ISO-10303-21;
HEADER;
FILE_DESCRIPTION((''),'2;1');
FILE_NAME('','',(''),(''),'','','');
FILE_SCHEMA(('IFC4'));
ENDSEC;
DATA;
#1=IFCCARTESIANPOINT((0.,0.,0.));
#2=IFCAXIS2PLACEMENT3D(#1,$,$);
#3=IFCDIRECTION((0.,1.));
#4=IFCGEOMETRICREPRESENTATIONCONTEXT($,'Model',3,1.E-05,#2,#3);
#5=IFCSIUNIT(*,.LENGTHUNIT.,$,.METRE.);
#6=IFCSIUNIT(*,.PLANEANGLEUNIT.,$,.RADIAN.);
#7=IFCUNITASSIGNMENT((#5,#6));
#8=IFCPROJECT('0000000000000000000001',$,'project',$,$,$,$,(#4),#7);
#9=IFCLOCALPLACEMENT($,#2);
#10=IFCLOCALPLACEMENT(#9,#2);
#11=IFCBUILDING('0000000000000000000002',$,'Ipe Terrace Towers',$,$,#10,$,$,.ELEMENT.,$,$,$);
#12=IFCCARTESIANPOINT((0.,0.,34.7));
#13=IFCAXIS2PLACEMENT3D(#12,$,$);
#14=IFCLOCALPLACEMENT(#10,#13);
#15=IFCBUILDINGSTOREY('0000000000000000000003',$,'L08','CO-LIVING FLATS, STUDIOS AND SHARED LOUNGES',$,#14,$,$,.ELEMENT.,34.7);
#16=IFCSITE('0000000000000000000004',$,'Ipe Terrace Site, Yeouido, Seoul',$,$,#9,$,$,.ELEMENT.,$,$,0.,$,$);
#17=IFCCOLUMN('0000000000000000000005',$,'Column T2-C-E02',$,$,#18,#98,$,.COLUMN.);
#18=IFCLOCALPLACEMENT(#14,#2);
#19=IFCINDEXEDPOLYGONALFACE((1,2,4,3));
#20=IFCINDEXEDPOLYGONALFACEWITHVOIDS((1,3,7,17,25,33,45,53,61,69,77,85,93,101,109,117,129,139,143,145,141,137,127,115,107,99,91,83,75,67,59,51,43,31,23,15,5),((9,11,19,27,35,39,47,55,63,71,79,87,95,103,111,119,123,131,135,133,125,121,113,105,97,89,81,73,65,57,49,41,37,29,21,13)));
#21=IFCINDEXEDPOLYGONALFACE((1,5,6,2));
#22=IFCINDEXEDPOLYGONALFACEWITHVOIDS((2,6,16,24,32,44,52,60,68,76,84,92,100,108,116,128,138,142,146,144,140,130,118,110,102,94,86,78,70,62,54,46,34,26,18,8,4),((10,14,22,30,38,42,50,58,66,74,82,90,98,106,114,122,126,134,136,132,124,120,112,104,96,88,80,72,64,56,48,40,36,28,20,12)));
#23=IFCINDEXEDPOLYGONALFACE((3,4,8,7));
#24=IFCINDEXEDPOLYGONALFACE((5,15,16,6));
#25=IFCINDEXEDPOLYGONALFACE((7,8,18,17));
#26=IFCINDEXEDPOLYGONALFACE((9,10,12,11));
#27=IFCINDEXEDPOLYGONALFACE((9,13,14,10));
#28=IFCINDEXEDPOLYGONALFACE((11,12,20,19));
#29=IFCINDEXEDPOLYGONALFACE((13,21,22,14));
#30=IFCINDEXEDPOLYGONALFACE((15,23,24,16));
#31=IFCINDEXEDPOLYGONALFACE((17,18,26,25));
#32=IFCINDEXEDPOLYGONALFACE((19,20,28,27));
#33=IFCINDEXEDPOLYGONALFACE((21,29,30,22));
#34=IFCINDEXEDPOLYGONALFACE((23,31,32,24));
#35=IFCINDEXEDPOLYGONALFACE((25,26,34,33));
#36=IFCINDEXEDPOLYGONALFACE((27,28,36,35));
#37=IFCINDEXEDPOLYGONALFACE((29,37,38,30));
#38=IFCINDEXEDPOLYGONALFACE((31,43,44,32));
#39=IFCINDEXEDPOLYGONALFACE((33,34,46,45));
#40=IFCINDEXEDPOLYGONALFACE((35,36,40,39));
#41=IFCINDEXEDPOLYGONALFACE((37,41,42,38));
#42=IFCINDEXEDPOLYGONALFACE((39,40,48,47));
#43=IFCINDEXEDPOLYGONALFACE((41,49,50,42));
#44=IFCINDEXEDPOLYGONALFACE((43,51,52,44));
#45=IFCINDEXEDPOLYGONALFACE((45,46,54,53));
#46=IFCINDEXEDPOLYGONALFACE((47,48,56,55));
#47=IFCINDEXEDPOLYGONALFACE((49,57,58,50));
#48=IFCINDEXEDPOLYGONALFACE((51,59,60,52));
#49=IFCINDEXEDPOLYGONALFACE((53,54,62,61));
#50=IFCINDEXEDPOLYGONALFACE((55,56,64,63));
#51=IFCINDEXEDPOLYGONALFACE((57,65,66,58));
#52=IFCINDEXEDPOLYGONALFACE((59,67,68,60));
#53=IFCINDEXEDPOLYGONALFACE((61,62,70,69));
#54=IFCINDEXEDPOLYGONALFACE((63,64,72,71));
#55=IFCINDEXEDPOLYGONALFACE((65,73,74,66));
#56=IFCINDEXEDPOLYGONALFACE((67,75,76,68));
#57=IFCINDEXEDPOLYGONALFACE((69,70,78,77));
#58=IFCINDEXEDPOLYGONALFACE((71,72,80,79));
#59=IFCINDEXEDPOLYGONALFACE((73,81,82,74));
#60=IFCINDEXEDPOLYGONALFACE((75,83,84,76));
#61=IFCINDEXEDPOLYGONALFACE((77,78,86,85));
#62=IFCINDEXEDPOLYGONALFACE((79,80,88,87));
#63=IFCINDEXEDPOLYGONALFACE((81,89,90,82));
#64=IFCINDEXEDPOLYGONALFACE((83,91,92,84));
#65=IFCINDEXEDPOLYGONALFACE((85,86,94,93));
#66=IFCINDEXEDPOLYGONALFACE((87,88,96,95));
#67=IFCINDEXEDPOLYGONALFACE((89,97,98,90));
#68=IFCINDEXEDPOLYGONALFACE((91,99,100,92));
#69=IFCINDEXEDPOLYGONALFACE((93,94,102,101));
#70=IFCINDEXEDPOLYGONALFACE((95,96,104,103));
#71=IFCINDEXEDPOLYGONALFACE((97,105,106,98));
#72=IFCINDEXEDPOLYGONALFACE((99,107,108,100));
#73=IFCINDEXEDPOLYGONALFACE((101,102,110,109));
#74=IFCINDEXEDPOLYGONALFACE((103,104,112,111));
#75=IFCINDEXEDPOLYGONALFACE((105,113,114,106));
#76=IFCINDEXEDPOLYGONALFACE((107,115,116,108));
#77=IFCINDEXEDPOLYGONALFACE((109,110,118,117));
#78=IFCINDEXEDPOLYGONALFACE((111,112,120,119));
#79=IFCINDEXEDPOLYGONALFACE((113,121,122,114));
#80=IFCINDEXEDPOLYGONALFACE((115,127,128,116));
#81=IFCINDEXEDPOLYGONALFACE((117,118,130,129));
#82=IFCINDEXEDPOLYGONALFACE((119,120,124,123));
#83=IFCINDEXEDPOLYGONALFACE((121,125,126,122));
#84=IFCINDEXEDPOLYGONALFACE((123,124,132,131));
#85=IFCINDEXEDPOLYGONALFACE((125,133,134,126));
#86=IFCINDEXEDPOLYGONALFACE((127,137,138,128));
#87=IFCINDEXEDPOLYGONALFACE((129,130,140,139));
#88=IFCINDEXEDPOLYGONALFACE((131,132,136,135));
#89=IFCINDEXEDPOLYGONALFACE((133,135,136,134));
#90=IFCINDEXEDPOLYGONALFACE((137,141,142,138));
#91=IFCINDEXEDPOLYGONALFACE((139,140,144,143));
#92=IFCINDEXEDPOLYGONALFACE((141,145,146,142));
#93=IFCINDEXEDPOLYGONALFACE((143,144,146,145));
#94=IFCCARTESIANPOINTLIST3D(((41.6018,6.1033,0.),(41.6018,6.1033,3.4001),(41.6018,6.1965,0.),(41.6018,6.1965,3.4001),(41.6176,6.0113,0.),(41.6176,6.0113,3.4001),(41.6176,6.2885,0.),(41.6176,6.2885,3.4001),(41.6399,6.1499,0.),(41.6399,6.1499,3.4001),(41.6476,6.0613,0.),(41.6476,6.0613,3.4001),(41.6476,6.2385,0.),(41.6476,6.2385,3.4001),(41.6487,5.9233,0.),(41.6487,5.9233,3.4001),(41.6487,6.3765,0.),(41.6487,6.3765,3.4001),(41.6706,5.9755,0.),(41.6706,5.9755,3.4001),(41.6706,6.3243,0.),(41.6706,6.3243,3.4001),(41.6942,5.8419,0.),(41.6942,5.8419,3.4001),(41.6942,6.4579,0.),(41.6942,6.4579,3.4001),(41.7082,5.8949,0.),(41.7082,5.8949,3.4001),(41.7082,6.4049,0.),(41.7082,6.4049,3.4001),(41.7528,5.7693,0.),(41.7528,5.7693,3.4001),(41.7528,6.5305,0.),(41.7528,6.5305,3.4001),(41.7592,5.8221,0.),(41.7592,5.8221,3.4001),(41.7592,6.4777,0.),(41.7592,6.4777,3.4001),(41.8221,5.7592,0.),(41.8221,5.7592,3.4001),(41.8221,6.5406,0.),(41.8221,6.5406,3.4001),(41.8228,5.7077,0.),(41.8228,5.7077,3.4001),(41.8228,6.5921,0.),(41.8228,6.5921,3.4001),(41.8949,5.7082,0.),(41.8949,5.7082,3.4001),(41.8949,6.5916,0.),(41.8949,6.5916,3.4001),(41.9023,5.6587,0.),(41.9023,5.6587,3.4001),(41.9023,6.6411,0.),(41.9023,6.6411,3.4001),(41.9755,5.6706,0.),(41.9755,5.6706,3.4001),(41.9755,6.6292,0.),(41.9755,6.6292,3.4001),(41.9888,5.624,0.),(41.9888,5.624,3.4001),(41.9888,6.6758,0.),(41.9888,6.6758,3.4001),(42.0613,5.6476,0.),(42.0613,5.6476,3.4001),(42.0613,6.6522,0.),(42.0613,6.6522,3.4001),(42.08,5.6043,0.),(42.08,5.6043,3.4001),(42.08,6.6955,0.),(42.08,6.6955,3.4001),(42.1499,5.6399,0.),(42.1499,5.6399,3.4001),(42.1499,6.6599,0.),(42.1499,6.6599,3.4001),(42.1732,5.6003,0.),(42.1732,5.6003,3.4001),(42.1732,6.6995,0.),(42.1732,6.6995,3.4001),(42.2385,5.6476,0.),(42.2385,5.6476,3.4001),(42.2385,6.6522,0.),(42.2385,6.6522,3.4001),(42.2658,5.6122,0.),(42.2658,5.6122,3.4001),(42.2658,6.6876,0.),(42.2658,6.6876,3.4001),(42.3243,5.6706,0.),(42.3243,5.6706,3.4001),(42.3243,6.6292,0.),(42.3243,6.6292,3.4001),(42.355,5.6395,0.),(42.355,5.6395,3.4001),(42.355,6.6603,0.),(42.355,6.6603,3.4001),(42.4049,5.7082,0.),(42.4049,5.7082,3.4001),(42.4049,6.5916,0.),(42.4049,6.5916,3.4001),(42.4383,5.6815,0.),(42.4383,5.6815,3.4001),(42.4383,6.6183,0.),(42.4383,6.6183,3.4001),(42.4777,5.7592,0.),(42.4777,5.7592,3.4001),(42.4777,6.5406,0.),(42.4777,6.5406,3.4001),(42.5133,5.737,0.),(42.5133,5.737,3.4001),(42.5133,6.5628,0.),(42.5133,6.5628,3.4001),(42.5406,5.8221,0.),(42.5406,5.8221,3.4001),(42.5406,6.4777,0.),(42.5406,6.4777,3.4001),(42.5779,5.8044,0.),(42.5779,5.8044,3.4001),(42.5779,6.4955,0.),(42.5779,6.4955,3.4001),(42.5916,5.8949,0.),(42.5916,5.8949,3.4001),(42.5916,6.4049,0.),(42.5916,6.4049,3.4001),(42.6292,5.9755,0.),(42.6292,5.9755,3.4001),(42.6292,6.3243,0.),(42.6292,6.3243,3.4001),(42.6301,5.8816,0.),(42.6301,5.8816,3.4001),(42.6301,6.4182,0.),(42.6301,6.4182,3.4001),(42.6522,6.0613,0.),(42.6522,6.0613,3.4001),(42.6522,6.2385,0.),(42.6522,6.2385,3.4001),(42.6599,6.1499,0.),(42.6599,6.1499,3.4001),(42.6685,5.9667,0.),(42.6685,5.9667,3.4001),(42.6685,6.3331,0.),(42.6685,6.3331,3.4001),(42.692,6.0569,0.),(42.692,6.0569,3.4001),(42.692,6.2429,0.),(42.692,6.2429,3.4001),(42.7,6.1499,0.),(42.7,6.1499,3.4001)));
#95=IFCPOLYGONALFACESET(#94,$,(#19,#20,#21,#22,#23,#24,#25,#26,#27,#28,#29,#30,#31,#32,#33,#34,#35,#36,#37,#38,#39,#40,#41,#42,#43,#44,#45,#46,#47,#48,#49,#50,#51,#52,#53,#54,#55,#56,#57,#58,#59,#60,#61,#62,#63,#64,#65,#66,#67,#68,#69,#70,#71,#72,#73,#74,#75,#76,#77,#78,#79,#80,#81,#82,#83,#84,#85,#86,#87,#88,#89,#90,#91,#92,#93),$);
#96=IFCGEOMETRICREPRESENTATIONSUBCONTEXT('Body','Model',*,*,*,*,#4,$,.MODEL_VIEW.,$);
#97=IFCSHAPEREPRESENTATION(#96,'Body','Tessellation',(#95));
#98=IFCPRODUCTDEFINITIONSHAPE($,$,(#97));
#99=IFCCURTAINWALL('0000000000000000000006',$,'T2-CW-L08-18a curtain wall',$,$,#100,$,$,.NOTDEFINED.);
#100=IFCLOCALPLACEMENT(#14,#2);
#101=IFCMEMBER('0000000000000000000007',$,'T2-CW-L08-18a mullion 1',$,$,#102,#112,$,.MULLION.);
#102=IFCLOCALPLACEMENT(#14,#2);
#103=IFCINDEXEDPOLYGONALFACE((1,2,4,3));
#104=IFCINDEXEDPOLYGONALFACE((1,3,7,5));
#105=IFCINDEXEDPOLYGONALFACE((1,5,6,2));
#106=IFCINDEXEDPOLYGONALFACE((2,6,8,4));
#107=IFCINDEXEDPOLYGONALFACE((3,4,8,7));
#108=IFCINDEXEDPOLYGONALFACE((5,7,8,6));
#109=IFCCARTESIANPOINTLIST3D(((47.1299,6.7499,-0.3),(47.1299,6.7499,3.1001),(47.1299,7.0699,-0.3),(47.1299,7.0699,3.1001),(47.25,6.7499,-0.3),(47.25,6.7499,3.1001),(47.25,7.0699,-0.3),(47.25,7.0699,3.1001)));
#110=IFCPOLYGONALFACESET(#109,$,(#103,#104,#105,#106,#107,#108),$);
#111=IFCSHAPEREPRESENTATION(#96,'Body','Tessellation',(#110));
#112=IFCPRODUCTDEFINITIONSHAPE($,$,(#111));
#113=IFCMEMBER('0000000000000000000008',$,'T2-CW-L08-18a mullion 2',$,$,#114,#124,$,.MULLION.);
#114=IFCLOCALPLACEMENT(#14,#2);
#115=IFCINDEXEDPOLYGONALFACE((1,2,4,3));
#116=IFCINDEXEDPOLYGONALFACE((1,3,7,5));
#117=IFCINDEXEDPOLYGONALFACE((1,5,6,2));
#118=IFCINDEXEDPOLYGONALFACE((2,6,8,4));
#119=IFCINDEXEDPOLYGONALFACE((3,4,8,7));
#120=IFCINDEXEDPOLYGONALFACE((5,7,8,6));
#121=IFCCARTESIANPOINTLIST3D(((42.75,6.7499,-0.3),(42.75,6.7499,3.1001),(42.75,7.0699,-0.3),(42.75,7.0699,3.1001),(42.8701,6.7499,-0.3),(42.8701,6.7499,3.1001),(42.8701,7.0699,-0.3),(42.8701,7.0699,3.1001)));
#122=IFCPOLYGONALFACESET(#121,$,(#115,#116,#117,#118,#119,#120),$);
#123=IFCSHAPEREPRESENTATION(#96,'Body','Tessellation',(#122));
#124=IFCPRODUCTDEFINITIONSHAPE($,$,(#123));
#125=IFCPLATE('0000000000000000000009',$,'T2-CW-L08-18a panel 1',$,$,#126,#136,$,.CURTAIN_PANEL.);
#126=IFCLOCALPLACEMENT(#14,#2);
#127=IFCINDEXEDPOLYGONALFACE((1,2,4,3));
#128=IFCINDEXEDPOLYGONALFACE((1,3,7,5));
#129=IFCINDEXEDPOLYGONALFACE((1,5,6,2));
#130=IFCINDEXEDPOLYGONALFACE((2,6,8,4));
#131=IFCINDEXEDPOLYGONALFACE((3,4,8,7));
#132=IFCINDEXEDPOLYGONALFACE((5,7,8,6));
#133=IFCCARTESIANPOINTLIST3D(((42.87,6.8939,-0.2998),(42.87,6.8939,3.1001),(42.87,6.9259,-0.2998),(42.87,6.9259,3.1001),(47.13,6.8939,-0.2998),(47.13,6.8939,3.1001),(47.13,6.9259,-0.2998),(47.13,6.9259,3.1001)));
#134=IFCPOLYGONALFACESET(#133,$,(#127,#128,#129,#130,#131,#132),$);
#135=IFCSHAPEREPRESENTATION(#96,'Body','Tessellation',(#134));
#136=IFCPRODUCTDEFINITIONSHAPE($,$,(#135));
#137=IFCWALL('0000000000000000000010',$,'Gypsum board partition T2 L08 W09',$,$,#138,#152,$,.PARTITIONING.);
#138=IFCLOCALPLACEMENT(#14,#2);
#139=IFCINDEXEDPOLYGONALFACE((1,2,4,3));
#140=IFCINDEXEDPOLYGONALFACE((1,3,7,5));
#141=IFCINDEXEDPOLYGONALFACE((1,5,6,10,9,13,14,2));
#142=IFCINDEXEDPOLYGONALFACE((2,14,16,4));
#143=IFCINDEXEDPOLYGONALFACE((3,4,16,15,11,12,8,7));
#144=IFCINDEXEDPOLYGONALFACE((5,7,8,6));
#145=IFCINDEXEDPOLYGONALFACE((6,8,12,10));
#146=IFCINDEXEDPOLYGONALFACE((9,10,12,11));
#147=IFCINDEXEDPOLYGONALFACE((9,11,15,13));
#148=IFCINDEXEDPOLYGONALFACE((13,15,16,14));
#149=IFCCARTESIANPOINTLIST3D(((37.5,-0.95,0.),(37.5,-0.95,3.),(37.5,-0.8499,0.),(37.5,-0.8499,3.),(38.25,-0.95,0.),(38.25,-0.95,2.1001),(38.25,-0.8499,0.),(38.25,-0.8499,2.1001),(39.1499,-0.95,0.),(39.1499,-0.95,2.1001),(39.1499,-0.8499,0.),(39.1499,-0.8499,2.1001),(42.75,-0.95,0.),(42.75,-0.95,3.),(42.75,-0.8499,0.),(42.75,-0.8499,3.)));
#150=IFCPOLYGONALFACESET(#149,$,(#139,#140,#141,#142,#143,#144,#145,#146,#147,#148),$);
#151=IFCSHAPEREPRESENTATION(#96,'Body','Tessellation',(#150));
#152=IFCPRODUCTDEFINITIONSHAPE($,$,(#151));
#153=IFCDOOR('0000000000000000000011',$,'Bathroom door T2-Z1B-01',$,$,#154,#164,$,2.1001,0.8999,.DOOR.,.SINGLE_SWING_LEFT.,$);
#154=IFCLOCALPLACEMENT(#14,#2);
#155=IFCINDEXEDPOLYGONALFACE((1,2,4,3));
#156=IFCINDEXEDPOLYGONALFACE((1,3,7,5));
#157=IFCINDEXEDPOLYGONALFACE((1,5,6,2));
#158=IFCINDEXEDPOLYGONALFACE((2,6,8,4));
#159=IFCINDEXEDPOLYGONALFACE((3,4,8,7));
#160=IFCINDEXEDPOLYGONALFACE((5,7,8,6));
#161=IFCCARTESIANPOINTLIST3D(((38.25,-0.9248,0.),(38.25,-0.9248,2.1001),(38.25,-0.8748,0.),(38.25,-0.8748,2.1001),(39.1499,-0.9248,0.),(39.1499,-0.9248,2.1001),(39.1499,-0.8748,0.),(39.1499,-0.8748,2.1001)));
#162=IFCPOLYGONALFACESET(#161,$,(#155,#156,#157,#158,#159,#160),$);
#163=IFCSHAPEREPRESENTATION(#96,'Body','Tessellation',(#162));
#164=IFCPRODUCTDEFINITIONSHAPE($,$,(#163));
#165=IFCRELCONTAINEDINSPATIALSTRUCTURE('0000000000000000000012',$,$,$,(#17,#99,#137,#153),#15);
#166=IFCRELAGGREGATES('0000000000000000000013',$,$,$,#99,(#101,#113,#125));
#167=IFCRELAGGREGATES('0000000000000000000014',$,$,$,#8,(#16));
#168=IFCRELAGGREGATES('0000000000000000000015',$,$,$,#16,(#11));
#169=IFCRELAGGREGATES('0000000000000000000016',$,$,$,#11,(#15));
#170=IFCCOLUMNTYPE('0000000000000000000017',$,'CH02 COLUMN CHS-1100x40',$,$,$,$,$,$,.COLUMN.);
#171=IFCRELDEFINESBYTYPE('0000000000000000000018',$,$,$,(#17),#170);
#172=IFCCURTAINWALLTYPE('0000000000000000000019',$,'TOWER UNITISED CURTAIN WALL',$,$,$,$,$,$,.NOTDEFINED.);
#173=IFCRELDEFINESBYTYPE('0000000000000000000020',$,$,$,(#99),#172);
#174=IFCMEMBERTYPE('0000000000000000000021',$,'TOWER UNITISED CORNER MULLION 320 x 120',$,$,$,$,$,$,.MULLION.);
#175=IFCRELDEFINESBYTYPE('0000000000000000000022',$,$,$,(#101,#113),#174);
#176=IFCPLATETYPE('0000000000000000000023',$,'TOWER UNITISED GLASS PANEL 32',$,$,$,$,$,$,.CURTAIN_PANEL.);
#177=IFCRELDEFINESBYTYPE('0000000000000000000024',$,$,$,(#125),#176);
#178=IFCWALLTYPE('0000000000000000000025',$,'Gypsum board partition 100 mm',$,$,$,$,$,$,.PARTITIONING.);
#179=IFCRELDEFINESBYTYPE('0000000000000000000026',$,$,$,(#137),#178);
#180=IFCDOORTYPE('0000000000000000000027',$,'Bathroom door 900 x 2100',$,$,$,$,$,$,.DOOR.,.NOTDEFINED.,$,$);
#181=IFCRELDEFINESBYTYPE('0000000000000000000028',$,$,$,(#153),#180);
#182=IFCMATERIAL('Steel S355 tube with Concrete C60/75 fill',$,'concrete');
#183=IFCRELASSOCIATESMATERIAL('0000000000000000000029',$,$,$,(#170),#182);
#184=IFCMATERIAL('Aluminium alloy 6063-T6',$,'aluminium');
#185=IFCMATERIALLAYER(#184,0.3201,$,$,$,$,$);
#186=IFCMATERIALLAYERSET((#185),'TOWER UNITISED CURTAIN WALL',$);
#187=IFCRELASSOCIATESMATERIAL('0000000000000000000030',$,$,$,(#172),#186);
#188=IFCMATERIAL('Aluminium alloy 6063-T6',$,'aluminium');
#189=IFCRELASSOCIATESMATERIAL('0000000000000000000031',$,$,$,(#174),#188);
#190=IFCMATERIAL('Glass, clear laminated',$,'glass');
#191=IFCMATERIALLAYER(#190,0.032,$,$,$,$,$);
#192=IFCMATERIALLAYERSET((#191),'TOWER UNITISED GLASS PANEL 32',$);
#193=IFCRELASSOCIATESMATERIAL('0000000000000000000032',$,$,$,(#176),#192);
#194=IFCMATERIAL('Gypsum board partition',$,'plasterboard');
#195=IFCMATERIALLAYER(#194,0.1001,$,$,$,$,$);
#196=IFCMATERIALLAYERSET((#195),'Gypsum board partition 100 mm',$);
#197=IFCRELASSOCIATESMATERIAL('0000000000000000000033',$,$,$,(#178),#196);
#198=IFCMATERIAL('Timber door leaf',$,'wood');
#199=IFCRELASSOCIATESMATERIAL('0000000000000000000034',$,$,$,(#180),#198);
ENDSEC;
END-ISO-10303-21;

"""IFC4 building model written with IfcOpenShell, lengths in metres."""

from ifc_helpers import new_model, si_unit, direction, frame, frame_2d, origin, origin_2d, place, context, subcontext, project, spatial, rectangle, hollow_circle, extrude, material, layer, layer_set, material_profile, profile_set, type_object, element, fill, aggregate, save


model = new_model("IFC4")

# Units and contexts
model_context = context("Model", 3, precision=1e-05, world=origin(), true_north=direction((0.0, 1.0)))
body_context = subcontext(model_context, "Body", "Model", "MODEL_VIEW")
ifc_project = project(units=[si_unit("LENGTHUNIT", "METRE"), si_unit("PLANEANGLEUNIT", "RADIAN")], contexts=[model_context])

# Site, building, storey
site_placement = place(None, origin())
site = spatial("IfcSite", under=ifc_project, at=site_placement, Name="Ipe Terrace Site, Yeouido, Seoul", CompositionType="ELEMENT", RefElevation=0.0)
building_placement = place(site_placement, origin())
building = spatial("IfcBuilding", under=site, at=building_placement, Name="Ipe Terrace Towers", CompositionType="ELEMENT")
storey_placement = place(building_placement, frame((0.0, 0.0, 34.7)))
storey = spatial("IfcBuildingStorey", under=building, at=storey_placement, Name="L08", Description="CO-LIVING FLATS, STUDIOS AND SHARED LOUNGES", CompositionType="ELEMENT", Elevation=34.7)

# Column
ifc_material_1 = material(Name="Steel S355 tube with Concrete C60/75 fill", Category="concrete")
ifc_material_profile_1 = material_profile(ifc_material_1, hollow_circle(Radius=0.55, WallThickness=0.04, at=origin_2d()), Name="CHS-1100x40")
ifc_profile_set_1 = profile_set([ifc_material_profile_1], Name="Steel S355 tube with Concrete C60/75 fill")
column_type = type_object("IfcColumnType", Name="CH02 COLUMN CHS-1100x40", PredefinedType="COLUMN", material=ifc_profile_set_1)
column_placement = place(storey_placement, frame((42.1499, 6.1499, 0.0), z_axis=(0.0, 0.0, 1.0), x_axis=(1.0, 0.0, 0.0)))
element("IfcColumn", 1, at=column_placement, inside=storey, type_object=column_type, Name="Column T2-C-E02", PredefinedType="COLUMN", context=body_context, shape_type="SweptSolid", body=[
    extrude(hollow_circle(Radius=0.55, WallThickness=0.04, at=origin_2d()), origin(), (0.0, 0.0, 1.0), 3.4001),
])

# Curtain wall, members, plate
ifc_material_2 = material(Name="Aluminium alloy 6063-T6", Category="aluminium")
ifc_layer_1 = layer(ifc_material_2, 0.3201)
ifc_layer_set_1 = layer_set([ifc_layer_1], Name="TOWER UNITISED CURTAIN WALL")
curtain_wall_type = type_object("IfcCurtainWallType", Name="TOWER UNITISED CURTAIN WALL", PredefinedType="NOTDEFINED", material=ifc_layer_set_1)
curtain_wall_placement = place(storey_placement, origin())
curtain_wall = element("IfcCurtainWall", 2, at=curtain_wall_placement, inside=storey, type_object=curtain_wall_type, Name="T2-CW-L08-18a curtain wall", PredefinedType="NOTDEFINED")
ifc_material_3 = material(Name="Aluminium alloy 6063-T6", Category="aluminium")
ifc_material_profile_2 = material_profile(ifc_material_3, rectangle(XDim=0.3201, YDim=0.1201, at=origin_2d()), Name="TOWER UNITISED CORNER MULLION 320 x 120")
ifc_profile_set_2 = profile_set([ifc_material_profile_2], Name="Aluminium alloy 6063-T6")
member_type = type_object("IfcMemberType", Name="TOWER UNITISED CORNER MULLION 320 x 120", PredefinedType="MULLION", material=ifc_profile_set_2)
member_1_placement = place(storey_placement, frame((47.1899, 6.9099, -0.3), z_axis=(0.0, 0.0, 1.0), x_axis=(0.0, 1.0, 0.0)))
member_1 = element("IfcMember", 3, at=member_1_placement, type_object=member_type, Name="T2-CW-L08-18a mullion 1", PredefinedType="MULLION", context=body_context, shape_type="SweptSolid", body=[
    extrude(rectangle(XDim=0.3201, YDim=0.1201, at=origin_2d()), origin(), (0.0, 0.0, 1.0), 3.4001),
])
member_2_placement = place(storey_placement, frame((42.8101, 6.9099, -0.3), z_axis=(0.0, 0.0, 1.0), x_axis=(0.0, 1.0, 0.0)))
member_2 = element("IfcMember", 4, at=member_2_placement, type_object=member_type, Name="T2-CW-L08-18a mullion 2", PredefinedType="MULLION", context=body_context, shape_type="SweptSolid", body=[
    extrude(rectangle(XDim=0.3201, YDim=0.1201, at=origin_2d()), origin(), (0.0, 0.0, 1.0), 3.4001),
])
ifc_material_4 = material(Name="Glass, clear laminated", Category="glass")
ifc_layer_2 = layer(ifc_material_4, 0.032)
ifc_layer_set_2 = layer_set([ifc_layer_2], Name="TOWER UNITISED GLASS PANEL 32")
plate_type = type_object("IfcPlateType", Name="TOWER UNITISED GLASS PANEL 32", PredefinedType="CURTAIN_PANEL", material=ifc_layer_set_2)
plate_placement = place(storey_placement, frame((45.0, 6.9099, -0.2998), z_axis=(0.0, 0.0, 1.0), x_axis=(-1.0, 0.0, 0.0)))
plate = element("IfcPlate", 5, at=plate_placement, type_object=plate_type, Name="T2-CW-L08-18a panel 1", PredefinedType="CURTAIN_PANEL", context=body_context, shape_type="SweptSolid", body=[
    extrude(rectangle(XDim=4.26, YDim=0.032, at=origin_2d()), origin(), (0.0, 0.0, 1.0), 3.3999),
])
aggregate(curtain_wall, [member_1, member_2, plate])

# Wall, opening, door
ifc_material_5 = material(Name="Gypsum board partition", Category="plasterboard")
ifc_layer_3 = layer(ifc_material_5, 0.1001)
ifc_layer_set_3 = layer_set([ifc_layer_3], Name="Gypsum board partition 100 mm")
wall_type = type_object("IfcWallType", Name="Gypsum board partition 100 mm", PredefinedType="PARTITIONING", material=ifc_layer_set_3)
wall_1_placement = place(storey_placement, frame((42.75, -0.8999, 0.0), z_axis=(0.0, 0.0, 1.0), x_axis=(-1.0, 0.0, 0.0)))
wall_1 = element("IfcWall", 6, at=wall_1_placement, inside=storey, type_object=wall_type, Name="Gypsum board partition T2 L08 W09", PredefinedType="PARTITIONING", context=body_context, shape_type="SweptSolid", body=[
    extrude(rectangle(XDim=5.25, YDim=0.1001, at=frame_2d((2.625, 0.0))), origin(), (0.0, 0.0, 1.0), 3.0),
])
opening_1_placement = place(wall_1_placement, frame((3.6001, 0.0, 0.0)))
opening_1 = element("IfcOpeningElement", 7, at=opening_1_placement, cuts=wall_1, PredefinedType="OPENING", context=body_context, shape_type="SweptSolid", body=[
    extrude(rectangle(XDim=0.8999, YDim=2.1001, at=frame_2d((0.45, 1.05))), frame((0.0, 0.0601, 0.0), z_axis=(0.0, -1.0, 0.0), x_axis=(1.0, 0.0, 0.0)), (0.0, 0.0, 1.0), 0.1201),
])
ifc_material_6 = material(Name="Timber door leaf", Category="wood")
door_type_1 = type_object("IfcDoorType", Name="Bathroom door 900 x 2100", OperationType="NOTDEFINED", PredefinedType="DOOR", material=ifc_material_6)
door_1_placement = place(opening_1_placement, origin())
door_1 = element("IfcDoor", 8, at=door_1_placement, inside=storey, type_object=door_type_1, Name="Bathroom door T2-Z1B-01", OperationType="SINGLE_SWING_LEFT", OverallHeight=2.1001, OverallWidth=0.8999, PredefinedType="DOOR", context=body_context, shape_type="SweptSolid", body=[
    extrude(rectangle(XDim=0.8999, YDim=2.1001, at=frame_2d((0.45, 1.05))), frame((0.0, 0.0249, 0.0), z_axis=(0.0, -1.0, 0.0), x_axis=(1.0, 0.0, 0.0)), (0.0, 0.0, 1.0), 0.05),
])
fill(opening_1, door_1)

save(model, "model.ifc")
